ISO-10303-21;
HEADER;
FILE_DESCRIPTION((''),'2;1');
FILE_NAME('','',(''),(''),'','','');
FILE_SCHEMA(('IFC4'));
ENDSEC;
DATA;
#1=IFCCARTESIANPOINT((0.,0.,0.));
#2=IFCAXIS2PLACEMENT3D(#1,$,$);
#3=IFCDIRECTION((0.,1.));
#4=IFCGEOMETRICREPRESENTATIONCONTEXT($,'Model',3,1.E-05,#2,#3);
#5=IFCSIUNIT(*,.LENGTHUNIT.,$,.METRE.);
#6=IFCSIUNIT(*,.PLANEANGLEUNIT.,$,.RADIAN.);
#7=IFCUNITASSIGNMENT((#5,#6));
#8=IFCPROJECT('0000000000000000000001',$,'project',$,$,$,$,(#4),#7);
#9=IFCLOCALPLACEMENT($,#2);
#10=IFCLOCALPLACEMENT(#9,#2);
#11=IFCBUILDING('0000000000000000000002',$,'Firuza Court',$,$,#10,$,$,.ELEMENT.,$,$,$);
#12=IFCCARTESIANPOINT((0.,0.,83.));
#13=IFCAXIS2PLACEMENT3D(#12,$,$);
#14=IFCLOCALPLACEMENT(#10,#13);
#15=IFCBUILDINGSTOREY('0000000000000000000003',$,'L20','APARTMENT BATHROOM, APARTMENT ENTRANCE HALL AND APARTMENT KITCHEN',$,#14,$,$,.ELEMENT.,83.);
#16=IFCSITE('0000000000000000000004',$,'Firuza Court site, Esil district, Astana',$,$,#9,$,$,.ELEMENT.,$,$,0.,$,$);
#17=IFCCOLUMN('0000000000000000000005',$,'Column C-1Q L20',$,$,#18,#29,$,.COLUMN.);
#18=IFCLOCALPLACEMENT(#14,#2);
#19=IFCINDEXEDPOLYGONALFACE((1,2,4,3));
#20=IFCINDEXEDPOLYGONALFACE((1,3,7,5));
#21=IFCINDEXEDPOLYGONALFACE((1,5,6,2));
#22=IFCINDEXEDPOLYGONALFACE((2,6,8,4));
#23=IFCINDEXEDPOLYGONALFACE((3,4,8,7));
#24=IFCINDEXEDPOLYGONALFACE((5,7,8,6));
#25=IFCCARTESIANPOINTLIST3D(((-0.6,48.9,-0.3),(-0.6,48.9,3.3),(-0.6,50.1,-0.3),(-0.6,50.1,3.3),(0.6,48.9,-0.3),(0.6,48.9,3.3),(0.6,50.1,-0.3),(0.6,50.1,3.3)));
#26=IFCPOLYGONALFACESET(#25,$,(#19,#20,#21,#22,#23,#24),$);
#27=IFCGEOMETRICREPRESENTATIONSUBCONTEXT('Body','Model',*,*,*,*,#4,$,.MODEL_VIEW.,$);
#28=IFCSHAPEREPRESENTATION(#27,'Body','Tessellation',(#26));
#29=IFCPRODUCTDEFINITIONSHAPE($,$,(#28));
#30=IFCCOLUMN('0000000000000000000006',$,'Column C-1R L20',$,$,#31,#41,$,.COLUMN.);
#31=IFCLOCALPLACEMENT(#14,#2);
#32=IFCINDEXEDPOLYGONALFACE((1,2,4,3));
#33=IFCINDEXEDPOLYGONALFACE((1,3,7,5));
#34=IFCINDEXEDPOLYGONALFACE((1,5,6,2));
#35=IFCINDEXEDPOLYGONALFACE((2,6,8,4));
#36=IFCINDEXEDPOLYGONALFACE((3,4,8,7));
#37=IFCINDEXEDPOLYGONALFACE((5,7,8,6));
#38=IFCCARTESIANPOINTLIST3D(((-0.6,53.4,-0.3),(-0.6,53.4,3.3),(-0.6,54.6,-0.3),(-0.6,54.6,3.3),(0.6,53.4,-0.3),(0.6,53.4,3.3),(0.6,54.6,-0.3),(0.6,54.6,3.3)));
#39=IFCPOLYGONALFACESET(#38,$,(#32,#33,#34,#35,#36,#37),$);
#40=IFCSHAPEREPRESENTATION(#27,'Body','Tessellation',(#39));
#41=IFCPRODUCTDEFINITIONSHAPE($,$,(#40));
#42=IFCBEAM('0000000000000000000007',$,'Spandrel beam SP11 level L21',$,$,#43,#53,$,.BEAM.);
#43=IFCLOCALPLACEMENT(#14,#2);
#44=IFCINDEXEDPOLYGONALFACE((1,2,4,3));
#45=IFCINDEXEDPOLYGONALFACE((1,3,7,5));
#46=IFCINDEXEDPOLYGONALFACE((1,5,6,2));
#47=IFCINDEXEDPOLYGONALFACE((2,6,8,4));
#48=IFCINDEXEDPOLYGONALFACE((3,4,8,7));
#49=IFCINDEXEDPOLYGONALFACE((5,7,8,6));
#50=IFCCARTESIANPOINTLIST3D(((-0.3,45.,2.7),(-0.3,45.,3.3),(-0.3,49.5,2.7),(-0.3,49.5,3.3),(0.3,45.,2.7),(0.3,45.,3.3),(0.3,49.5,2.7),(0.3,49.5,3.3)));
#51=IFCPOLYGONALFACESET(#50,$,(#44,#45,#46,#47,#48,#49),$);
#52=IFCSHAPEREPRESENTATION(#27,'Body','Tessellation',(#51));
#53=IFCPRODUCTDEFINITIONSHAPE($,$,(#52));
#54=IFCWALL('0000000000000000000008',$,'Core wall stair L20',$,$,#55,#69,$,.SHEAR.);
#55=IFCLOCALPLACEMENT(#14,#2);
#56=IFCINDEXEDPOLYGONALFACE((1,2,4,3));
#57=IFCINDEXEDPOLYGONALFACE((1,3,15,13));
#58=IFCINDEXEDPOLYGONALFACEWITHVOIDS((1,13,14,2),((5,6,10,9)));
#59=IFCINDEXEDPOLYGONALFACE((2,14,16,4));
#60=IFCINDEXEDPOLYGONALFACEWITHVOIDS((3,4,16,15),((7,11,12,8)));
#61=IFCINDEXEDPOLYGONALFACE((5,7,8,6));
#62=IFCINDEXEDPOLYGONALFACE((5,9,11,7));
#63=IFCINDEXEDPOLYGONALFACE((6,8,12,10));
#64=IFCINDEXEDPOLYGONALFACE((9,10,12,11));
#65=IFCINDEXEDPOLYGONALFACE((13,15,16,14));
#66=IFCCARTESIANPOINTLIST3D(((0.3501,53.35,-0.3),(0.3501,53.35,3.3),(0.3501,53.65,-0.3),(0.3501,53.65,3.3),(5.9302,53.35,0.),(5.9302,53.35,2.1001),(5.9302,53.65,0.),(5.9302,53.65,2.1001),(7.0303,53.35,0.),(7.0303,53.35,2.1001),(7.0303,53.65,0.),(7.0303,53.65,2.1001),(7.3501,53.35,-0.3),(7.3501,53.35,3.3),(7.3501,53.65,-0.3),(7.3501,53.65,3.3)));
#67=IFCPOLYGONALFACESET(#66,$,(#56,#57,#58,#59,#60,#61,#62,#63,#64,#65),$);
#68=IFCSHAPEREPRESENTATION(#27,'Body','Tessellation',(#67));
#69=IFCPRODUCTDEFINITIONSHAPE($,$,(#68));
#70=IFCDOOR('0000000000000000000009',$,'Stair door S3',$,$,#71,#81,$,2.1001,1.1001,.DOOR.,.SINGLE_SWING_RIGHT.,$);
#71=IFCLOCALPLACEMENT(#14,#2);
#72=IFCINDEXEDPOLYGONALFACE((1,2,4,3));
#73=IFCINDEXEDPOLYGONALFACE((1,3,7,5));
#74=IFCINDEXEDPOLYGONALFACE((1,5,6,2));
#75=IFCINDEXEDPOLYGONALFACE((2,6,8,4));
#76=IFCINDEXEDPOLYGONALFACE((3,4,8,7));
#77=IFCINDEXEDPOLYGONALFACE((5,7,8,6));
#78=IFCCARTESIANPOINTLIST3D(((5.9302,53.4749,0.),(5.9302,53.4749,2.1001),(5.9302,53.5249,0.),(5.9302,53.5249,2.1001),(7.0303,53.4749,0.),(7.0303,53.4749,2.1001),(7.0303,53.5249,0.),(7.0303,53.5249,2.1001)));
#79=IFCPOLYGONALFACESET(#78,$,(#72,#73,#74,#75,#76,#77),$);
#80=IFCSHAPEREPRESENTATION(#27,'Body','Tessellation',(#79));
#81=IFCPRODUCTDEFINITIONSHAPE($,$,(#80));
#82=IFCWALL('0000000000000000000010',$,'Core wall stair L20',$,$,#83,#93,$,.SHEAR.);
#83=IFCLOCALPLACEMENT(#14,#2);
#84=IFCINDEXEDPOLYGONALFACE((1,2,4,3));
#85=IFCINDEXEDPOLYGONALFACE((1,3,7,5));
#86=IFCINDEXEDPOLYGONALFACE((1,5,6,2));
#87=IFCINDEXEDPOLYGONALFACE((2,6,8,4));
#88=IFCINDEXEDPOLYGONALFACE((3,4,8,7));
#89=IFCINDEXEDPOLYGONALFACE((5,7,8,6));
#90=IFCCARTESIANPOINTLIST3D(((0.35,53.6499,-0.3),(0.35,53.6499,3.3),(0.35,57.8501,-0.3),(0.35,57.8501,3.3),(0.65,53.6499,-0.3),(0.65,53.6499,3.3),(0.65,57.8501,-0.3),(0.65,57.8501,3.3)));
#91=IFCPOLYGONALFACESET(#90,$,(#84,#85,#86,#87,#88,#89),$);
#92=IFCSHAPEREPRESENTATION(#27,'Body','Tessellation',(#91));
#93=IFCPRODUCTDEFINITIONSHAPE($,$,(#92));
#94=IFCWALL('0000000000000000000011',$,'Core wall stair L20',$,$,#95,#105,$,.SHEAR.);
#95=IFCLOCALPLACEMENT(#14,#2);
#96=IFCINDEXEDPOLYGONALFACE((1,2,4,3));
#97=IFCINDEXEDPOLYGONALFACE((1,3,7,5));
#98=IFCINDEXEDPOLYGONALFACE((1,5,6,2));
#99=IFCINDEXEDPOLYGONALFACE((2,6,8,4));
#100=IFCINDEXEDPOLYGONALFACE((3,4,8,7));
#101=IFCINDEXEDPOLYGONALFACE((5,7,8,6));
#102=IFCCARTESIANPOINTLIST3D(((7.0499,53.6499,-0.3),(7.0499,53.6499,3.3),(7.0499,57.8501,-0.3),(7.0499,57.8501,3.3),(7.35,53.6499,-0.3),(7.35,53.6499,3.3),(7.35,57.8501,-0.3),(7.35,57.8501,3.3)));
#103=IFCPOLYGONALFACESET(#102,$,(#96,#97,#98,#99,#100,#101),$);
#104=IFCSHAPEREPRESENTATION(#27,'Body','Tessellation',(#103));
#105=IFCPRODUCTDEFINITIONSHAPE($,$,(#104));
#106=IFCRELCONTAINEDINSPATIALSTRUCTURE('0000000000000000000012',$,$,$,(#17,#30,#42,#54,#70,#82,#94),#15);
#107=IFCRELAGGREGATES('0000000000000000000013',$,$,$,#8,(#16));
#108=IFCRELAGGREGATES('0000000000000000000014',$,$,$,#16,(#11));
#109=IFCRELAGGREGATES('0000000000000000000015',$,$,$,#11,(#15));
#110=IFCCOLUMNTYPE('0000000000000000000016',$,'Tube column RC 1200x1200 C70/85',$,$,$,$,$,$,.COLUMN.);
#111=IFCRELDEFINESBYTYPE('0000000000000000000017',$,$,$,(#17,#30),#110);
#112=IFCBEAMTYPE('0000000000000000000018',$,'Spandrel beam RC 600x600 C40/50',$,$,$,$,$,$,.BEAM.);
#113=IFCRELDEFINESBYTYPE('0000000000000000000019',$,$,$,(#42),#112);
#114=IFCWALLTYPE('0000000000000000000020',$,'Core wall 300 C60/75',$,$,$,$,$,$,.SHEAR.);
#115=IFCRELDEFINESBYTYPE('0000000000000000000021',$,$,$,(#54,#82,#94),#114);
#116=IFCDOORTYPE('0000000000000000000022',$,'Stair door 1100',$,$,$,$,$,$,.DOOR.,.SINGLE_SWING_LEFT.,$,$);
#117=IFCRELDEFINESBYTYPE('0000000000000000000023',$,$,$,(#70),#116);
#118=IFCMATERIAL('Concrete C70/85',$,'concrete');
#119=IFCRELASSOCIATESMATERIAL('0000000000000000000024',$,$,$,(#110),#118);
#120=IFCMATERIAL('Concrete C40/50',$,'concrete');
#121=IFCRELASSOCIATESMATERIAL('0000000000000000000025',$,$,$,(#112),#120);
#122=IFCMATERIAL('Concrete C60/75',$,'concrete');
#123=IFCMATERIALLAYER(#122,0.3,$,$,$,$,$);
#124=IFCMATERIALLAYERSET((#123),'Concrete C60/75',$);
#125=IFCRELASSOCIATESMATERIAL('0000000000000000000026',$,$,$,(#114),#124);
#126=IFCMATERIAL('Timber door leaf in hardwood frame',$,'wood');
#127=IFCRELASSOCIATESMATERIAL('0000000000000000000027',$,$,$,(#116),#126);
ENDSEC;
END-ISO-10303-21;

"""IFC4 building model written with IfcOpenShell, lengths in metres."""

from ifc_helpers import new_model, si_unit, direction, frame, frame_2d, origin, origin_2d, place, context, subcontext, project, spatial, rectangle, extrude, material, layer, layer_set, material_profile, profile_set, type_object, element, fill, save


model = new_model("IFC4")

# Units and contexts
model_context = context("Model", 3, precision=1e-05, world=origin(), true_north=direction((0.0, 1.0)))
body_context = subcontext(model_context, "Body", "Model", "MODEL_VIEW")
ifc_project = project(units=[si_unit("LENGTHUNIT", "METRE"), si_unit("PLANEANGLEUNIT", "RADIAN")], contexts=[model_context])

# Site, building, storey
site_placement = place(None, origin())
site = spatial("IfcSite", under=ifc_project, at=site_placement, Name="Firuza Court site, Esil district, Astana", CompositionType="ELEMENT", RefElevation=0.0)
building_placement = place(site_placement, origin())
building = spatial("IfcBuilding", under=site, at=building_placement, Name="Firuza Court", CompositionType="ELEMENT")
storey_placement = place(building_placement, frame((0.0, 0.0, 83.0)))
storey = spatial("IfcBuildingStorey", under=building, at=storey_placement, Name="L20", Description="APARTMENT BATHROOM, APARTMENT ENTRANCE HALL AND APARTMENT KITCHEN", CompositionType="ELEMENT", Elevation=83.0)

# Columns
ifc_material_1 = material(Name="Concrete C70/85", Category="concrete")
ifc_material_profile_1 = material_profile(ifc_material_1, rectangle(XDim=1.2, YDim=1.2, at=origin_2d()), Name="RC 1200x1200")
ifc_profile_set_1 = profile_set([ifc_material_profile_1], Name="Concrete C70/85")
column_type = type_object("IfcColumnType", Name="Tube column RC 1200x1200 C70/85", PredefinedType="COLUMN", material=ifc_profile_set_1)
for number, where, z_axis, x_axis, name in (
    (1, (0.0, 49.5, -0.3), (0.0, 0.0, 1.0), (1.0, 0.0, 0.0), "Column C-1Q L20"),
    (2, (0.0, 54.0, -0.3), (0.0, 0.0, 1.0), (1.0, 0.0, 0.0), "Column C-1R L20"),
):
    element("IfcColumn", number, at=place(storey_placement, frame(where, z_axis=z_axis, x_axis=x_axis)), inside=storey, type_object=column_type, Name=name, PredefinedType="COLUMN", context=body_context, shape_type="SweptSolid", body=[
        extrude(rectangle(XDim=1.2, YDim=1.2, at=origin_2d()), origin(), (0.0, 0.0, 1.0), 3.6001),
    ])

# Beam
ifc_material_2 = material(Name="Concrete C40/50", Category="concrete")
ifc_material_profile_2 = material_profile(ifc_material_2, rectangle(XDim=0.6001, YDim=0.6001, at=origin_2d()), Name="RC 600x600")
ifc_profile_set_2 = profile_set([ifc_material_profile_2], Name="Concrete C40/50")
beam_type = type_object("IfcBeamType", Name="Spandrel beam RC 600x600 C40/50", PredefinedType="BEAM", material=ifc_profile_set_2)
beam_placement = place(storey_placement, frame((0.0, 49.5, 3.0), z_axis=(0.0, -1.0, 0.0), x_axis=(1.0, 0.0, 0.0)))
element("IfcBeam", 3, at=beam_placement, inside=storey, type_object=beam_type, Name="Spandrel beam SP11 level L21", PredefinedType="BEAM", context=body_context, shape_type="SweptSolid", body=[
    extrude(rectangle(XDim=0.6001, YDim=0.6001, at=origin_2d()), origin(), (0.0, 0.0, 1.0), 4.5),
])

# Wall, opening, door
ifc_material_3 = material(Name="Concrete C60/75", Category="concrete")
ifc_layer_1 = layer(ifc_material_3, 0.3)
ifc_layer_set_1 = layer_set([ifc_layer_1], Name="Concrete C60/75")
wall_type_1 = type_object("IfcWallType", Name="Core wall 300 C60/75", PredefinedType="SHEAR", material=ifc_layer_set_1)
wall_1_placement = place(storey_placement, frame((0.3501, 53.5, -0.3), z_axis=(0.0, 0.0, 1.0), x_axis=(1.0, 0.0, 0.0)))
wall_1 = element("IfcWall", 4, at=wall_1_placement, inside=storey, type_object=wall_type_1, Name="Core wall stair L20", PredefinedType="SHEAR", context=body_context, shape_type="SweptSolid", body=[
    extrude(rectangle(XDim=7.0, YDim=0.3, at=frame_2d((3.5, 0.0))), origin(), (0.0, 0.0, 1.0), 3.6001),
])
opening_1_placement = place(wall_1_placement, frame((5.5801, 0.0, 0.3)))
opening_1 = element("IfcOpeningElement", 5, at=opening_1_placement, cuts=wall_1, PredefinedType="OPENING", context=body_context, shape_type="SweptSolid", body=[
    extrude(rectangle(XDim=1.1001, YDim=2.1001, at=frame_2d((0.55, 1.05))), frame((0.0, 0.1621, 0.0), z_axis=(0.0, -1.0, 0.0), x_axis=(1.0, 0.0, 0.0)), (0.0, 0.0, 1.0), 0.324),
])
ifc_material_4 = material(Name="Timber door leaf in hardwood frame", Category="wood")
door_type_1 = type_object("IfcDoorType", Name="Stair door 1100", OperationType="SINGLE_SWING_LEFT", PredefinedType="DOOR", material=ifc_material_4)
door_1_placement = place(opening_1_placement, origin())
door_1 = element("IfcDoor", 6, at=door_1_placement, inside=storey, type_object=door_type_1, Name="Stair door S3", OperationType="SINGLE_SWING_RIGHT", OverallHeight=2.1001, OverallWidth=1.1001, PredefinedType="DOOR", context=body_context, shape_type="SweptSolid", body=[
    extrude(rectangle(XDim=1.1001, YDim=2.1001, at=frame_2d((0.55, 1.05))), frame((0.0, 0.0249, 0.0), z_axis=(0.0, -1.0, 0.0), x_axis=(1.0, 0.0, 0.0)), (0.0, 0.0, 1.0), 0.05),
])
fill(opening_1, door_1)

# Walls
for number, where, z_axis, x_axis, name in (
    (7, (0.5, 53.6499, -0.3), (0.0, 0.0, 1.0), (0.0, 1.0, 0.0), "Core wall stair L20"),
    (8, (7.2, 53.6499, -0.3), (0.0, 0.0, 1.0), (0.0, 1.0, 0.0), "Core wall stair L20"),
):
    element("IfcWall", number, at=place(storey_placement, frame(where, z_axis=z_axis, x_axis=x_axis)), inside=storey, type_object=wall_type_1, Name=name, PredefinedType="SHEAR", context=body_context, shape_type="SweptSolid", body=[
        extrude(rectangle(XDim=4.2002, YDim=0.3, at=frame_2d((2.1001, 0.0))), origin(), (0.0, 0.0, 1.0), 3.6001),
    ])

save(model, "model.ifc")
